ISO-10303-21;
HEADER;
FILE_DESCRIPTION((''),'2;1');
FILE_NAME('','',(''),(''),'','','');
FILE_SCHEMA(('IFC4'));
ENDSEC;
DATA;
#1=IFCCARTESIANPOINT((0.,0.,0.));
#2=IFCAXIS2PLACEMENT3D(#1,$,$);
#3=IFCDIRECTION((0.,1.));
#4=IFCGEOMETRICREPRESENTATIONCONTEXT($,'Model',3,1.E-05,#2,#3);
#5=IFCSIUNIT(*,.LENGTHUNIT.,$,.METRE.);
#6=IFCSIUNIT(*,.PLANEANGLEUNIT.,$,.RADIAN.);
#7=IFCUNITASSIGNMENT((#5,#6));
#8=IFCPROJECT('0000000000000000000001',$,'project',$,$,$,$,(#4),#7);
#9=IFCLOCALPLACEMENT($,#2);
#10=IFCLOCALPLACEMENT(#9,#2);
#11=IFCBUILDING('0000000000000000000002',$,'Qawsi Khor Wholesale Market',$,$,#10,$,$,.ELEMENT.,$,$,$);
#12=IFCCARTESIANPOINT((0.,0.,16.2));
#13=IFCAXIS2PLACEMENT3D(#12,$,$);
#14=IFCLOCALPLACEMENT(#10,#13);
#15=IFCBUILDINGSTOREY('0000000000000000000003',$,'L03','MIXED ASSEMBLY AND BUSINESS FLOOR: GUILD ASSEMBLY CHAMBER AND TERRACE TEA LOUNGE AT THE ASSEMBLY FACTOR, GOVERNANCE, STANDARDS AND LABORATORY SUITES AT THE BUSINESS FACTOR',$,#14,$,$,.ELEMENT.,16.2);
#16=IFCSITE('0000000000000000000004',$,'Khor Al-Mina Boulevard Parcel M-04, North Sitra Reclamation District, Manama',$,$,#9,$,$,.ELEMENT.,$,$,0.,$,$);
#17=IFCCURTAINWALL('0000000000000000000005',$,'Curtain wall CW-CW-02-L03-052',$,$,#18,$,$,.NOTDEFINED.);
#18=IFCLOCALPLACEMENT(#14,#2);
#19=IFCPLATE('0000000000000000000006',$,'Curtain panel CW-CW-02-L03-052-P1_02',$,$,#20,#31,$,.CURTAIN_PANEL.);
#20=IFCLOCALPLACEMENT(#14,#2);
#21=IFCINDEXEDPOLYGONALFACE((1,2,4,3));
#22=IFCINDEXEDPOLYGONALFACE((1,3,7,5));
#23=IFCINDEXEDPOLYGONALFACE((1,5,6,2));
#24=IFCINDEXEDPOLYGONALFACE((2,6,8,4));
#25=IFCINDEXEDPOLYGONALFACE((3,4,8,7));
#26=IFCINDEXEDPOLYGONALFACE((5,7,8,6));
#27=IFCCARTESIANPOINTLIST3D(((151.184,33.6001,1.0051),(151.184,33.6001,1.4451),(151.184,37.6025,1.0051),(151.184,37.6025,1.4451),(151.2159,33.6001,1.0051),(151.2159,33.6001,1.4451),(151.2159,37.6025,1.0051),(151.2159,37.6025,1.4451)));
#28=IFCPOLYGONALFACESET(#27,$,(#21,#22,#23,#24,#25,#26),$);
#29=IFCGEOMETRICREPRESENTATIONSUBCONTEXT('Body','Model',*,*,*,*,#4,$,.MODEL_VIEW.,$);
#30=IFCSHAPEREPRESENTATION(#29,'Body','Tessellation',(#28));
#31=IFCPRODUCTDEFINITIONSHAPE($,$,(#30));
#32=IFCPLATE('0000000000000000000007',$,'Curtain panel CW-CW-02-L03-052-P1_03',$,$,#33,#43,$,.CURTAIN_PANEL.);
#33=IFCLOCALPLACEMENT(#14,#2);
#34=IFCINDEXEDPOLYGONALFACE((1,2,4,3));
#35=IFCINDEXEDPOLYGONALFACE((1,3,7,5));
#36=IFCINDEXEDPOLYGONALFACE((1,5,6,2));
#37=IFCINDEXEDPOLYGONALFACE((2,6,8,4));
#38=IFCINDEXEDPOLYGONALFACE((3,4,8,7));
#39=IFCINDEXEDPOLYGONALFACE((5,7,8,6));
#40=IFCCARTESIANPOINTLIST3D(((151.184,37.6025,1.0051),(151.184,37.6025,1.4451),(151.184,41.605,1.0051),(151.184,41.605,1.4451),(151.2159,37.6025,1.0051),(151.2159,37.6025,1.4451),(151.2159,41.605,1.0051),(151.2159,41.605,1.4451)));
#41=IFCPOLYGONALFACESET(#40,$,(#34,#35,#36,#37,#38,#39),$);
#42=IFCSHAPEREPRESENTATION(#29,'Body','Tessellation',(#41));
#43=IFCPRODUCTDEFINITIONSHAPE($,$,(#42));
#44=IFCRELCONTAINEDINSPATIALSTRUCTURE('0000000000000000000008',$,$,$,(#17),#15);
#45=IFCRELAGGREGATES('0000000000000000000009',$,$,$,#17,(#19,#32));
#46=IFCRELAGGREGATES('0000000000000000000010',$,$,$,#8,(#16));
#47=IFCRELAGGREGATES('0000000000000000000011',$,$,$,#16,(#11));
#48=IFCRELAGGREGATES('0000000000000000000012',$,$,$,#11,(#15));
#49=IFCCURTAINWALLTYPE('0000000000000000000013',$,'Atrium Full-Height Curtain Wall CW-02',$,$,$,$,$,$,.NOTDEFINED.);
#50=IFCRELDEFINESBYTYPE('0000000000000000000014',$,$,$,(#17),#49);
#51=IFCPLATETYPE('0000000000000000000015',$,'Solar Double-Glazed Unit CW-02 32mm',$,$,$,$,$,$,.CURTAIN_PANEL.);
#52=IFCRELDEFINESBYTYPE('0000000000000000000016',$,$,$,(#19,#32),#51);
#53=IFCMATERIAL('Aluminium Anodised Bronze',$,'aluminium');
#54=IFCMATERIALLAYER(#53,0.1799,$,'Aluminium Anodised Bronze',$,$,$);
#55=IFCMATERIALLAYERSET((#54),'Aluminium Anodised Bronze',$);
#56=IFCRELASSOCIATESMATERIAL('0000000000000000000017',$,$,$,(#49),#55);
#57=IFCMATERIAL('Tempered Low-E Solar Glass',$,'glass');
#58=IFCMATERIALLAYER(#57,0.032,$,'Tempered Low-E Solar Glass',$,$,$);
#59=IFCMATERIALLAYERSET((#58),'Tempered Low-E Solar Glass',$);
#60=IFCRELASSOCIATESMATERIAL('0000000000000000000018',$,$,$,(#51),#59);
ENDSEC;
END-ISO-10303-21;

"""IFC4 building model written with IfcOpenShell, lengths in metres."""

from ifc_helpers import new_model, si_unit, direction, frame, frame_2d, origin, place, context, subcontext, project, spatial, rectangle, extrude, material, layer, layer_set, type_object, element, aggregate, save


model = new_model("IFC4")

# Units and contexts
model_context = context("Model", 3, precision=1e-05, world=origin(), true_north=direction((0.0, 1.0)))
body_context = subcontext(model_context, "Body", "Model", "MODEL_VIEW")
ifc_project = project(units=[si_unit("LENGTHUNIT", "METRE"), si_unit("PLANEANGLEUNIT", "RADIAN")], contexts=[model_context])

# Site, building, storey
site_placement = place(None, origin())
site = spatial("IfcSite", under=ifc_project, at=site_placement, Name="Khor Al-Mina Boulevard Parcel M-04, North Sitra Reclamation District, Manama", CompositionType="ELEMENT", RefElevation=0.0)
building_placement = place(site_placement, origin())
building = spatial("IfcBuilding", under=site, at=building_placement, Name="Qawsi Khor Wholesale Market", CompositionType="ELEMENT")
storey_placement = place(building_placement, frame((0.0, 0.0, 16.2)))
storey = spatial("IfcBuildingStorey", under=building, at=storey_placement, Name="L03", Description="MIXED ASSEMBLY AND BUSINESS FLOOR: GUILD ASSEMBLY CHAMBER AND TERRACE TEA LOUNGE AT THE ASSEMBLY FACTOR, GOVERNANCE, STANDARDS AND LABORATORY SUITES AT THE BUSINESS FACTOR", CompositionType="ELEMENT", Elevation=16.2)

# Shared definitions
ifc_material_1 = material(Name="Aluminium Anodised Bronze", Category="aluminium")
ifc_layer_1 = layer(ifc_material_1, 0.1799, Name="Aluminium Anodised Bronze")
ifc_layer_set_1 = layer_set([ifc_layer_1], Name="Aluminium Anodised Bronze")
curtain_wall_type = type_object("IfcCurtainWallType", Name="Atrium Full-Height Curtain Wall CW-02", PredefinedType="NOTDEFINED", material=ifc_layer_set_1)

# Curtain wall
curtain_wall_1_placement = place(storey_placement, origin())
curtain_wall_1 = element("IfcCurtainWall", 1, at=curtain_wall_1_placement, inside=storey, type_object=curtain_wall_type, Name="Curtain wall CW-CW-02-L03-052", PredefinedType="NOTDEFINED")

# Plates
ifc_material_2 = material(Name="Tempered Low-E Solar Glass", Category="glass")
ifc_layer_2 = layer(ifc_material_2, 0.032, Name="Tempered Low-E Solar Glass")
ifc_layer_set_2 = layer_set([ifc_layer_2], Name="Tempered Low-E Solar Glass")
plate_type = type_object("IfcPlateType", Name="Solar Double-Glazed Unit CW-02 32mm", PredefinedType="CURTAIN_PANEL", material=ifc_layer_set_2)
plate_1_placement = place(storey_placement, frame((151.2, 33.6001, 1.0051), z_axis=(0.0, 0.0, 1.0), x_axis=(0.0, 1.0, 0.0)))
plate_1 = element("IfcPlate", 2, at=plate_1_placement, type_object=plate_type, Name="Curtain panel CW-CW-02-L03-052-P1_02", PredefinedType="CURTAIN_PANEL", context=body_context, shape_type="SweptSolid", body=[
    extrude(rectangle(XDim=4.0024, YDim=0.032, at=frame_2d((2.0012, 0.0))), origin(), (0.0, 0.0, 1.0), 0.4399),
])
plate_2_placement = place(storey_placement, frame((151.2, 37.6025, 1.0051), z_axis=(0.0, 0.0, 1.0), x_axis=(0.0, 1.0, 0.0)))
plate_2 = element("IfcPlate", 3, at=plate_2_placement, type_object=plate_type, Name="Curtain panel CW-CW-02-L03-052-P1_03", PredefinedType="CURTAIN_PANEL", context=body_context, shape_type="SweptSolid", body=[
    extrude(rectangle(XDim=4.0024, YDim=0.032, at=frame_2d((2.0012, 0.0))), origin(), (0.0, 0.0, 1.0), 0.4399),
])
aggregate(curtain_wall_1, [plate_1, plate_2])

save(model, "model.ifc")
